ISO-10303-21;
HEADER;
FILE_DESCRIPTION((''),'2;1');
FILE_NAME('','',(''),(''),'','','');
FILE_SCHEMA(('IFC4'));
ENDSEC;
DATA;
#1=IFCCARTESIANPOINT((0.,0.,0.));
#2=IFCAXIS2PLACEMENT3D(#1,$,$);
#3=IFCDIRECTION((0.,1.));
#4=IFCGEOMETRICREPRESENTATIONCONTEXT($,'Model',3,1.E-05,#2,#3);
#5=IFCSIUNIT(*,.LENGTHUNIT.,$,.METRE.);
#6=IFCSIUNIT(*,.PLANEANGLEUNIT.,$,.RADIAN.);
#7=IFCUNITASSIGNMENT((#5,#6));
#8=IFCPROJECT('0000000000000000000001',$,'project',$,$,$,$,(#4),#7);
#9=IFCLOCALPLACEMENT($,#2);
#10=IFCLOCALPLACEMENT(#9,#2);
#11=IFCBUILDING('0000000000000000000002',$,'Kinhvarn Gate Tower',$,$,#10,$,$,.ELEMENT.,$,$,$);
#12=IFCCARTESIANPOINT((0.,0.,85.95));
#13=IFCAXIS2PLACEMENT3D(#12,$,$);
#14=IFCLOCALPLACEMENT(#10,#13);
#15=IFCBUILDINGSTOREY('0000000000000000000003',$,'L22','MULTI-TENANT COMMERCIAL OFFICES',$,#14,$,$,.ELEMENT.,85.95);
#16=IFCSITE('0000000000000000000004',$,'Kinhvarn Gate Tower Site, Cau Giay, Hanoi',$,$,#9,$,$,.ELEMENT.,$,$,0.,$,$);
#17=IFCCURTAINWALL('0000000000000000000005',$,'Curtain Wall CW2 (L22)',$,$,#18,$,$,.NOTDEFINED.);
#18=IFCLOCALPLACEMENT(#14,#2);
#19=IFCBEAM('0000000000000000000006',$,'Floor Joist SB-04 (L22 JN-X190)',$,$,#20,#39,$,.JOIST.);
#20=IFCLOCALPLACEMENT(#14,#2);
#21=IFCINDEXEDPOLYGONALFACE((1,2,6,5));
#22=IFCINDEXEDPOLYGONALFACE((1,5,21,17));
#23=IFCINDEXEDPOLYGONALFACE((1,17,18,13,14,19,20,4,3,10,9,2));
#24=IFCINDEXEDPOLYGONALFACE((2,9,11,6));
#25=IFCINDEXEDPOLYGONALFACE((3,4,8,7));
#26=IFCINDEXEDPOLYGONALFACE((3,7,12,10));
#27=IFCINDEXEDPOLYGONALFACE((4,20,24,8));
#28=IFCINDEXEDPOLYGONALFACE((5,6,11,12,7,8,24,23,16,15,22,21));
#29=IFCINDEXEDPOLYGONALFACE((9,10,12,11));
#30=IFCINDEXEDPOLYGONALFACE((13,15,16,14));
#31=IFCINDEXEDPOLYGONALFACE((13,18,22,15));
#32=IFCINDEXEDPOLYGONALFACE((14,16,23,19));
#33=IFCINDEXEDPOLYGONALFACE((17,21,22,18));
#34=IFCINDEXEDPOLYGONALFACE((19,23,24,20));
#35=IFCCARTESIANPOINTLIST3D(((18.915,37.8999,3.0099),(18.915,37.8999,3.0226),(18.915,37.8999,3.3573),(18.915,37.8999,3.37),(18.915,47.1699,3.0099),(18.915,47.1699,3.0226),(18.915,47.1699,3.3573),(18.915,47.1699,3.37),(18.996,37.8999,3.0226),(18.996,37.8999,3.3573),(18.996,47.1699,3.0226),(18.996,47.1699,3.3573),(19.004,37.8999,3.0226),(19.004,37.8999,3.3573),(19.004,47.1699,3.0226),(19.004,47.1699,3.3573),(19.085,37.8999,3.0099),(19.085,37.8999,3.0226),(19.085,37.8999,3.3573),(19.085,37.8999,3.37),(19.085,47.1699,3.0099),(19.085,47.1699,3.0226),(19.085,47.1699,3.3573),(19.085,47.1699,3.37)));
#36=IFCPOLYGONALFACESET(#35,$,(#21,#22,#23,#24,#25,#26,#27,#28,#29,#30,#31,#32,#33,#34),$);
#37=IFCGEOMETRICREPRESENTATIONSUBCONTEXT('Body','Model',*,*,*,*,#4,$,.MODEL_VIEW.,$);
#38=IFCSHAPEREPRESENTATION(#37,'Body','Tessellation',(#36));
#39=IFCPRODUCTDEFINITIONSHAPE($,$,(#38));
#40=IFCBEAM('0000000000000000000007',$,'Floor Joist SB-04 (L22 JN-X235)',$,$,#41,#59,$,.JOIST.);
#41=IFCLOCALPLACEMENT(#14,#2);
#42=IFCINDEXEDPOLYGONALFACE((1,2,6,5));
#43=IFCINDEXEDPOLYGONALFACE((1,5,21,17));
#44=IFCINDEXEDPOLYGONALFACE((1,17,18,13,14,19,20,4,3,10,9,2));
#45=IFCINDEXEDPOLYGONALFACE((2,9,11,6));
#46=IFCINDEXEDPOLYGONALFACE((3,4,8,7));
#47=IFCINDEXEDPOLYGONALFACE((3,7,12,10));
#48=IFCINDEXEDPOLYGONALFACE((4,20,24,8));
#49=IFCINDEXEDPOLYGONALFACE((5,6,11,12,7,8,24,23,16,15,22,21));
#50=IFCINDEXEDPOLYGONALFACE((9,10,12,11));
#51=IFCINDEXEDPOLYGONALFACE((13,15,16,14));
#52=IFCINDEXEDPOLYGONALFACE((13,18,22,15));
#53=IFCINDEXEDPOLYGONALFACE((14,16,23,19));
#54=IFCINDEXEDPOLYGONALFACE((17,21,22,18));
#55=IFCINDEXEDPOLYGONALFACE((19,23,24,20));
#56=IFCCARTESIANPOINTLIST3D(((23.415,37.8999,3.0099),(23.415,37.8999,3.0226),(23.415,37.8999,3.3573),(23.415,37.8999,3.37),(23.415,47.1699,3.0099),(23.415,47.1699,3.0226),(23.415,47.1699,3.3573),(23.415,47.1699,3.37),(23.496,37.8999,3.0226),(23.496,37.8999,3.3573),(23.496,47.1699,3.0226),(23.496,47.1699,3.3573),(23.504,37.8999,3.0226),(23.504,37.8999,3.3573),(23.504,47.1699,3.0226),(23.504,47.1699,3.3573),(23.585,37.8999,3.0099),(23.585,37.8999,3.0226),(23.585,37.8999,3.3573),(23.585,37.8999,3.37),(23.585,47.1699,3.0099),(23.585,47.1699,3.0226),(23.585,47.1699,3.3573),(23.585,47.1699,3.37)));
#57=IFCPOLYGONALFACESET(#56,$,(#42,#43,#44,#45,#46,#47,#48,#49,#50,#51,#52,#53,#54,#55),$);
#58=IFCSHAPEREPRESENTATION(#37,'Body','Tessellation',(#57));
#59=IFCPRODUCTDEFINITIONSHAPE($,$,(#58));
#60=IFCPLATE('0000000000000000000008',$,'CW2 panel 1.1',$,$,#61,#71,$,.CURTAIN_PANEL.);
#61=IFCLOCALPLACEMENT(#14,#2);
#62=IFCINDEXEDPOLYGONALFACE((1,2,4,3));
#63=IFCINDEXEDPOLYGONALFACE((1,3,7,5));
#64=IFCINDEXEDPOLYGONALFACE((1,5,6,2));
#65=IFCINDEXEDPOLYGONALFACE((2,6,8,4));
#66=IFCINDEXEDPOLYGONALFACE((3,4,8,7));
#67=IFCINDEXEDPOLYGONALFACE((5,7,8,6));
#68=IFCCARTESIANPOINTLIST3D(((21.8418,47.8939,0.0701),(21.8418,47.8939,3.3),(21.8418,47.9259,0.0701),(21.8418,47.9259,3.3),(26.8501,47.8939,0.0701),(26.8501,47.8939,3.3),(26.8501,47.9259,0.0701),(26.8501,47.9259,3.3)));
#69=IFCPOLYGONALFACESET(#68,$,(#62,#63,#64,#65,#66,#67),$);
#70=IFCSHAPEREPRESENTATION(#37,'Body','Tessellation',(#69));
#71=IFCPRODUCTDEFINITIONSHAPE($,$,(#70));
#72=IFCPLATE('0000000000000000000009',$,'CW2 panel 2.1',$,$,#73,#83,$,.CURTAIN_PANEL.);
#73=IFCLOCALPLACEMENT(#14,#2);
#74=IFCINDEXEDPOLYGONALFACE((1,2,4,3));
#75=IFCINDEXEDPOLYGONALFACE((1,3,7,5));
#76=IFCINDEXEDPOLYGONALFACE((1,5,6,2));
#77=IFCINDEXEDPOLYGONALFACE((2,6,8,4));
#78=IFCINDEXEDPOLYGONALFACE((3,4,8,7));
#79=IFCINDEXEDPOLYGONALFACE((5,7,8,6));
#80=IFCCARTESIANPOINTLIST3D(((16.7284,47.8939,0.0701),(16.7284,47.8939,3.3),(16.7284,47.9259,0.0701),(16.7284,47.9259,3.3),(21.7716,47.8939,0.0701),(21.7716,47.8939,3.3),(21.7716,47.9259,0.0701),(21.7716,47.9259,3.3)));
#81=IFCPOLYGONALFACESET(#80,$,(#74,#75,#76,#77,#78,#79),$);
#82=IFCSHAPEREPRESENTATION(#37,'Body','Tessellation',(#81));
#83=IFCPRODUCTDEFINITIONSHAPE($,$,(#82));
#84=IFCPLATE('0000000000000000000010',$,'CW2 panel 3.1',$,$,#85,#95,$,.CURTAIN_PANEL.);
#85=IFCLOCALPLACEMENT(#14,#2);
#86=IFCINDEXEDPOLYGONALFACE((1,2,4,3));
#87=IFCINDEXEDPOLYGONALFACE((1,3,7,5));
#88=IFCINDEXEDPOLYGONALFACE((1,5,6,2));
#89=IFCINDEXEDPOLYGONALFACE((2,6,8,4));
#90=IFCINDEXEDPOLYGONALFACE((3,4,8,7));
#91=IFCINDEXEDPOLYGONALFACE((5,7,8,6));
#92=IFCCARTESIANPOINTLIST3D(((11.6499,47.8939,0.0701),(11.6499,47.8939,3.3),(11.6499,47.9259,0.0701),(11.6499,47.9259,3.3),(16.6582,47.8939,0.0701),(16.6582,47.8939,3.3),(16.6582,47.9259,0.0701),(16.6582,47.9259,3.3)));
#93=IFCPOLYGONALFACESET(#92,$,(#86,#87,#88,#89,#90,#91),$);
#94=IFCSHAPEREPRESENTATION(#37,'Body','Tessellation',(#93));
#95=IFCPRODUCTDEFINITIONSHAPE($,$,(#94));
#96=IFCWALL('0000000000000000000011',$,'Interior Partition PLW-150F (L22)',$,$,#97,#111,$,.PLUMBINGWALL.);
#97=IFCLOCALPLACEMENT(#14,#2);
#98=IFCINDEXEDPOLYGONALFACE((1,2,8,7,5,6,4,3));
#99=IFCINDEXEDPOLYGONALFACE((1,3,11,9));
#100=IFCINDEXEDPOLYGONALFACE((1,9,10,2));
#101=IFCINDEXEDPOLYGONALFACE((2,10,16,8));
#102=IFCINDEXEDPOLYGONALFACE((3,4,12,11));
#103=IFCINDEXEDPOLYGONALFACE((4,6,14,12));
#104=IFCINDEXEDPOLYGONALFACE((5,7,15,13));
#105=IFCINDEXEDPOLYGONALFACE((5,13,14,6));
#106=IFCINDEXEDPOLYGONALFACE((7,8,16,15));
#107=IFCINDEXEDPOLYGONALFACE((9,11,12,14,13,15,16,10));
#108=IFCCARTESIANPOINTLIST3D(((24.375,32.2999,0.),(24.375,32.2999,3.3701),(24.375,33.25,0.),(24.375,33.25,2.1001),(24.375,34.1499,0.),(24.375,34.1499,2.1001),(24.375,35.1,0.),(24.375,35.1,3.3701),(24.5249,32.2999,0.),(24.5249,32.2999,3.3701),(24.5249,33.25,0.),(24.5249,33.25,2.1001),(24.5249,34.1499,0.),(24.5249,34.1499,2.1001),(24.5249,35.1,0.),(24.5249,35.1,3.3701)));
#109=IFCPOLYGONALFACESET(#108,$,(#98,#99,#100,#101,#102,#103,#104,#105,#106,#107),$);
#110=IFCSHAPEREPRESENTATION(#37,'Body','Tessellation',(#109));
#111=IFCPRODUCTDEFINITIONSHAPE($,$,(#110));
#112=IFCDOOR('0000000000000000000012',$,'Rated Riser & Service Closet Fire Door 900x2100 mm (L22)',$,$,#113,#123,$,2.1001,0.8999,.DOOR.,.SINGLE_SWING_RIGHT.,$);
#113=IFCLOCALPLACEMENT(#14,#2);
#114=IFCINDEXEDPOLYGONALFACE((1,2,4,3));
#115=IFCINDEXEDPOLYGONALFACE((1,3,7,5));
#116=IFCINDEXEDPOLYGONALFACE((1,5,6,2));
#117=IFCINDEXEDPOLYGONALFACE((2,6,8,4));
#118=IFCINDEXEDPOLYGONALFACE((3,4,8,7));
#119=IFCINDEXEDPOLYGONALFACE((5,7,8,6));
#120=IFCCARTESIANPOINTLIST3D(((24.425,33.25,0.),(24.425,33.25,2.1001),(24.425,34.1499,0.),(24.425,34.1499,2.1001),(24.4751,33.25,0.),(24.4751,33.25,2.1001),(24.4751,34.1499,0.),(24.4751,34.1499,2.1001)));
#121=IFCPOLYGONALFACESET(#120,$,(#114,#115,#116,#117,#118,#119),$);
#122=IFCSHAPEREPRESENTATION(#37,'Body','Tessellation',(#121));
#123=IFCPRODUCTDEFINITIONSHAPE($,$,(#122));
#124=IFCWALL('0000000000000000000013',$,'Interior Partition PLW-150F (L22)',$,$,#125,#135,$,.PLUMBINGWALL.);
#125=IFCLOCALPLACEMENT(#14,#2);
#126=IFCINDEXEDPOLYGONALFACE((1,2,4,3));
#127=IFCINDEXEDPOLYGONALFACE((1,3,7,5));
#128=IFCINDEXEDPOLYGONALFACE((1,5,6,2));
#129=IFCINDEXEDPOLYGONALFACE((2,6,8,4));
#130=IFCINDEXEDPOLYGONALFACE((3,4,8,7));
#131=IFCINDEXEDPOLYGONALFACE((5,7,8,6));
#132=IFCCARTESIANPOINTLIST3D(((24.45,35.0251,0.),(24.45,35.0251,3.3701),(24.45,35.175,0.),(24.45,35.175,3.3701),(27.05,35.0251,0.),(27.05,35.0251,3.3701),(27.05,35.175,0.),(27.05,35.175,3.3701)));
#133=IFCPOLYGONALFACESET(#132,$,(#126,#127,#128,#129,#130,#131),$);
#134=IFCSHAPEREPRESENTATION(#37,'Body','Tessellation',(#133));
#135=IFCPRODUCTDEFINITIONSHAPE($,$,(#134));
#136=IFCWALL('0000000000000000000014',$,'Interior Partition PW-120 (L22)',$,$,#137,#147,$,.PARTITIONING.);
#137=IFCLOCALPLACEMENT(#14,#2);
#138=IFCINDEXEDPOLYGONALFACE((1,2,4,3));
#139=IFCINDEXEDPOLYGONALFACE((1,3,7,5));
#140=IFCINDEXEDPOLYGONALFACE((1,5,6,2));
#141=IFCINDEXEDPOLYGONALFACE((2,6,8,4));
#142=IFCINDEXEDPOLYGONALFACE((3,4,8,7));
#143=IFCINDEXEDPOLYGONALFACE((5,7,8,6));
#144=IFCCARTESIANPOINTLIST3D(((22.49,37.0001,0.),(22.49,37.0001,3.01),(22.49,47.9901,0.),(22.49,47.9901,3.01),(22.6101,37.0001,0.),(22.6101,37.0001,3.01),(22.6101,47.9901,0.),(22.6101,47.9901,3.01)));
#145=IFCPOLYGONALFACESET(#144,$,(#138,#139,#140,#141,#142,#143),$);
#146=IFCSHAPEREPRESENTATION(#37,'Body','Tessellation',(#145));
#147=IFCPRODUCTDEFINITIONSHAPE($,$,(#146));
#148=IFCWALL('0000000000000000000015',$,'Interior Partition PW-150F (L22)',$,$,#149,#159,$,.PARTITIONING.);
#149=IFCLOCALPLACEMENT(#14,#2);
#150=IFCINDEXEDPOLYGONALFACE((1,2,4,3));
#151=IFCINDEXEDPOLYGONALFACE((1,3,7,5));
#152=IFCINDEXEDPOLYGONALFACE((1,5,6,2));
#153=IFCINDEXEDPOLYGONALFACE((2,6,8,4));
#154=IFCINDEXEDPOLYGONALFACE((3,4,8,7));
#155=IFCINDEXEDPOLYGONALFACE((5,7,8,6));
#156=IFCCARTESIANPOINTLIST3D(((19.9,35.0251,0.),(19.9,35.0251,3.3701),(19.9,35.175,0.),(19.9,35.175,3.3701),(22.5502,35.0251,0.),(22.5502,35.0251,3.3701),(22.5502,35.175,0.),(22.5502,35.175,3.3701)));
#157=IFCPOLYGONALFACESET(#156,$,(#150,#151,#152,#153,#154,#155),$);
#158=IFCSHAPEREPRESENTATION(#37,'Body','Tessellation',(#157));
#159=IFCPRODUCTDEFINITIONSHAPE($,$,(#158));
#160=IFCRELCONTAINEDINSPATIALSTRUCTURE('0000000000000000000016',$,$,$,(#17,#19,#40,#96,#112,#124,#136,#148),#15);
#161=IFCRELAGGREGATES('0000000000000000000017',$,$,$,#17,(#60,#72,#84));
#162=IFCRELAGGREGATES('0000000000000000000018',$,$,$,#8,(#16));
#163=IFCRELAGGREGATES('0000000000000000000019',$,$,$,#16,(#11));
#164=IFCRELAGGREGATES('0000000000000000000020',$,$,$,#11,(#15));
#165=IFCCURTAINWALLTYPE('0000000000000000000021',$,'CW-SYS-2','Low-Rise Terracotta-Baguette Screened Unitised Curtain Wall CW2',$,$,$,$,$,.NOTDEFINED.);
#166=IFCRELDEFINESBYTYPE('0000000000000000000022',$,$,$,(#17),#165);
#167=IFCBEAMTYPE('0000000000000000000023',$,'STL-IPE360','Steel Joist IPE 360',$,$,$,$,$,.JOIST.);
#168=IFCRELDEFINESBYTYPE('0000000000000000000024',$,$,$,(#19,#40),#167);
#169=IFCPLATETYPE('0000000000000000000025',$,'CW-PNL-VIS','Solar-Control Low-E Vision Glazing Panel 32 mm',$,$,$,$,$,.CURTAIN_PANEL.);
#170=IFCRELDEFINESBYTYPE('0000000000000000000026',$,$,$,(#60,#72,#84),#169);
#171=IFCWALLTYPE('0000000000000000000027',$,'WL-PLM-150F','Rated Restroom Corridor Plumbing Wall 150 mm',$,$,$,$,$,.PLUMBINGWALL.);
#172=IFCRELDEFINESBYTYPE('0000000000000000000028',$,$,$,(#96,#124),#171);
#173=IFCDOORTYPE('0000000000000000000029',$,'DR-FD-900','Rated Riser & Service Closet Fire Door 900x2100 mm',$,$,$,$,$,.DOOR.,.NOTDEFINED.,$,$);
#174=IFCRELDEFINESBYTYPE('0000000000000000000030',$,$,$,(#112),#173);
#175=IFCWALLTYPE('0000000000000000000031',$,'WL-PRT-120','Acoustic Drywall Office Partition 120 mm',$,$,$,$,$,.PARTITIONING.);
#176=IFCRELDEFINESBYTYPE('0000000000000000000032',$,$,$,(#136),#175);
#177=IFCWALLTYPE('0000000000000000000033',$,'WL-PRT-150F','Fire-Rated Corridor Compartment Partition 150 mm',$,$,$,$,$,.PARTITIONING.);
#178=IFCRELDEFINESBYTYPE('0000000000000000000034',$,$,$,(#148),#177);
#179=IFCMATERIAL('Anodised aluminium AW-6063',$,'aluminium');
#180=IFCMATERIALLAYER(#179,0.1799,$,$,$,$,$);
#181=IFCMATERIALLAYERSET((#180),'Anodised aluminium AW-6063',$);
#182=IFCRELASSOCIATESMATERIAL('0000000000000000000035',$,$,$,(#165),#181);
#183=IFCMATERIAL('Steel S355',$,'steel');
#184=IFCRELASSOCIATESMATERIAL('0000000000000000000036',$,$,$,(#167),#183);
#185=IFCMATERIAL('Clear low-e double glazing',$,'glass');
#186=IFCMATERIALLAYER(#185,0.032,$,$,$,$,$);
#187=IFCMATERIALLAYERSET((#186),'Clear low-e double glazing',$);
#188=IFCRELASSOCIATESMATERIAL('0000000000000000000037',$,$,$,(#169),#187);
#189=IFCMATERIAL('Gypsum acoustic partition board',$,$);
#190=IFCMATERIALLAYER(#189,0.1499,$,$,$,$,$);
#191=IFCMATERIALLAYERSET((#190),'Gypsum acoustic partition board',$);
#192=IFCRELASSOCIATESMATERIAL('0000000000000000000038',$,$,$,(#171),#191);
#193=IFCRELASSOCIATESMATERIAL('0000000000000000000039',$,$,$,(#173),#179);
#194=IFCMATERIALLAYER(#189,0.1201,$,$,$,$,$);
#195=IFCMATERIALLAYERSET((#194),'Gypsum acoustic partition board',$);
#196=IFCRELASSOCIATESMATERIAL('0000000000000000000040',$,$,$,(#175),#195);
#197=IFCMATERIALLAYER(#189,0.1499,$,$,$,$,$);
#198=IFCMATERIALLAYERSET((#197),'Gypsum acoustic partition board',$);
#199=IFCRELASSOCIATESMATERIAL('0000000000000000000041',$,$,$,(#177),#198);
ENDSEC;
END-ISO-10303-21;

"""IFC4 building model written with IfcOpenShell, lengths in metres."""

from ifc_helpers import new_model, si_unit, direction, frame, frame_2d, origin, origin_2d, place, context, subcontext, project, spatial, rectangle, i_section, extrude, material, layer, layer_set, material_profile, profile_set, type_object, element, fill, aggregate, save


model = new_model("IFC4")

# Units and contexts
model_context = context("Model", 3, precision=1e-05, world=origin(), true_north=direction((0.0, 1.0)))
body_context = subcontext(model_context, "Body", "Model", "MODEL_VIEW")
ifc_project = project(units=[si_unit("LENGTHUNIT", "METRE"), si_unit("PLANEANGLEUNIT", "RADIAN")], contexts=[model_context])

# Site, building, storey
site_placement = place(None, origin())
site = spatial("IfcSite", under=ifc_project, at=site_placement, Name="Kinhvarn Gate Tower Site, Cau Giay, Hanoi", CompositionType="ELEMENT", RefElevation=0.0)
building_placement = place(site_placement, origin())
building = spatial("IfcBuilding", under=site, at=building_placement, Name="Kinhvarn Gate Tower", CompositionType="ELEMENT")
storey_placement = place(building_placement, frame((0.0, 0.0, 85.95)))
storey = spatial("IfcBuildingStorey", under=building, at=storey_placement, Name="L22", Description="MULTI-TENANT COMMERCIAL OFFICES", CompositionType="ELEMENT", Elevation=85.95)

# Curtain wall
ifc_material_1 = material(Name="Anodised aluminium AW-6063", Category="aluminium")
ifc_layer_1 = layer(ifc_material_1, 0.1799)
ifc_layer_set_1 = layer_set([ifc_layer_1], Name="Anodised aluminium AW-6063")
curtain_wall_type = type_object("IfcCurtainWallType", Name="CW-SYS-2", Description="Low-Rise Terracotta-Baguette Screened Unitised Curtain Wall CW2", PredefinedType="NOTDEFINED", material=ifc_layer_set_1)
curtain_wall_placement = place(storey_placement, origin())
curtain_wall = element("IfcCurtainWall", 1, at=curtain_wall_placement, inside=storey, type_object=curtain_wall_type, Name="Curtain Wall CW2 (L22)", PredefinedType="NOTDEFINED")

# Beams
ifc_material_2 = material(Name="Steel S355", Category="steel")
ifc_material_profile_1 = material_profile(ifc_material_2, i_section(OverallWidth=0.1699, OverallDepth=0.3601, WebThickness=0.0081, FlangeThickness=0.0127, at=origin_2d()), Name="IPE 360")
ifc_profile_set_1 = profile_set([ifc_material_profile_1], Name="Steel S355")
beam_type_1 = type_object("IfcBeamType", Name="STL-IPE360", Description="Steel Joist IPE 360", PredefinedType="JOIST", material=ifc_profile_set_1)
for number, where, z_axis, x_axis, name in (
    (2, (19.0, 37.8999, 3.1899), (0.0, 1.0, 0.0), (-1.0, 0.0, 0.0), "Floor Joist SB-04 (L22 JN-X190)"),
    (3, (23.5, 37.8999, 3.1899), (0.0, 1.0, 0.0), (-1.0, 0.0, 0.0), "Floor Joist SB-04 (L22 JN-X235)"),
):
    element("IfcBeam", number, at=place(storey_placement, frame(where, z_axis=z_axis, x_axis=x_axis)), inside=storey, type_object=beam_type_1, Name=name, PredefinedType="JOIST", context=body_context, shape_type="SweptSolid", body=[
        extrude(i_section(OverallWidth=0.1699, OverallDepth=0.3601, WebThickness=0.0081, FlangeThickness=0.0127, at=origin_2d()), origin(), (0.0, 0.0, 1.0), 9.27),
    ])

# Plates
ifc_material_3 = material(Name="Clear low-e double glazing", Category="glass")
ifc_layer_2 = layer(ifc_material_3, 0.032)
ifc_layer_set_2 = layer_set([ifc_layer_2], Name="Clear low-e double glazing")
plate_type = type_object("IfcPlateType", Name="CW-PNL-VIS", Description="Solar-Control Low-E Vision Glazing Panel 32 mm", PredefinedType="CURTAIN_PANEL", material=ifc_layer_set_2)
plate_1_placement = place(storey_placement, frame((24.3459, 47.9099, 0.0701), z_axis=(0.0, 0.0, 1.0), x_axis=(-1.0, 0.0, 0.0)))
plate_1 = element("IfcPlate", 4, at=plate_1_placement, type_object=plate_type, Name="CW2 panel 1.1", PredefinedType="CURTAIN_PANEL", context=body_context, shape_type="SweptSolid", body=[
    extrude(rectangle(XDim=5.0083, YDim=0.032, at=origin_2d()), origin(), (0.0, 0.0, 1.0), 3.23),
])
plate_2_placement = place(storey_placement, frame((19.25, 47.9099, 0.0701), z_axis=(0.0, 0.0, 1.0), x_axis=(-1.0, 0.0, 0.0)))
plate_2 = element("IfcPlate", 5, at=plate_2_placement, type_object=plate_type, Name="CW2 panel 2.1", PredefinedType="CURTAIN_PANEL", context=body_context, shape_type="SweptSolid", body=[
    extrude(rectangle(XDim=5.0432, YDim=0.032, at=origin_2d()), origin(), (0.0, 0.0, 1.0), 3.23),
])
plate_3_placement = place(storey_placement, frame((14.1541, 47.9099, 0.0701), z_axis=(0.0, 0.0, 1.0), x_axis=(-1.0, 0.0, 0.0)))
plate_3 = element("IfcPlate", 6, at=plate_3_placement, type_object=plate_type, Name="CW2 panel 3.1", PredefinedType="CURTAIN_PANEL", context=body_context, shape_type="SweptSolid", body=[
    extrude(rectangle(XDim=5.0083, YDim=0.032, at=origin_2d()), origin(), (0.0, 0.0, 1.0), 3.23),
])
aggregate(curtain_wall, [plate_1, plate_2, plate_3])

# Wall, opening, door
ifc_material_4 = material(Name="Gypsum acoustic partition board")
ifc_layer_3 = layer(ifc_material_4, 0.1499)
ifc_layer_set_3 = layer_set([ifc_layer_3], Name="Gypsum acoustic partition board")
wall_type_1 = type_object("IfcWallType", Name="WL-PLM-150F", Description="Rated Restroom Corridor Plumbing Wall 150 mm", PredefinedType="PLUMBINGWALL", material=ifc_layer_set_3)
wall_1_placement = place(storey_placement, frame((24.45, 32.3, 0.0), z_axis=(0.0, 0.0, 1.0), x_axis=(0.0, 1.0, 0.0)))
wall_1 = element("IfcWall", 7, at=wall_1_placement, inside=storey, type_object=wall_type_1, Name="Interior Partition PLW-150F (L22)", PredefinedType="PLUMBINGWALL", context=body_context, shape_type="SweptSolid", body=[
    extrude(rectangle(XDim=2.8, YDim=0.1499, at=frame_2d((1.3999, 0.0))), origin(), (0.0, 0.0, 1.0), 3.3701),
])
opening_1_placement = place(wall_1_placement, frame((0.95, 0.0, 0.0)))
opening_1 = element("IfcOpeningElement", 8, at=opening_1_placement, cuts=wall_1, PredefinedType="OPENING", context=body_context, shape_type="SweptSolid", body=[
    extrude(rectangle(XDim=0.8999, YDim=2.1001, at=frame_2d((0.45, 1.05))), frame((0.0, 0.085, 0.0), z_axis=(0.0, -1.0, 0.0), x_axis=(1.0, 0.0, 0.0)), (0.0, 0.0, 1.0), 0.1699),
])
door_type_1 = type_object("IfcDoorType", Name="DR-FD-900", Description="Rated Riser & Service Closet Fire Door 900x2100 mm", OperationType="NOTDEFINED", PredefinedType="DOOR", material=ifc_material_1)
door_1_placement = place(opening_1_placement, origin())
door_1 = element("IfcDoor", 9, at=door_1_placement, inside=storey, type_object=door_type_1, Name="Rated Riser & Service Closet Fire Door 900x2100 mm (L22)", OperationType="SINGLE_SWING_RIGHT", OverallHeight=2.1001, OverallWidth=0.8999, PredefinedType="DOOR", context=body_context, shape_type="SweptSolid", body=[
    extrude(rectangle(XDim=0.8999, YDim=2.1001, at=frame_2d((0.45, 1.05))), frame((0.0, 0.0249, 0.0), z_axis=(0.0, -1.0, 0.0), x_axis=(1.0, 0.0, 0.0)), (0.0, 0.0, 1.0), 0.05),
])
fill(opening_1, door_1)

# Walls
wall_2_placement = place(storey_placement, frame((24.45, 35.1001, 0.0), z_axis=(0.0, 0.0, 1.0), x_axis=(1.0, 0.0, 0.0)))
element("IfcWall", 10, at=wall_2_placement, inside=storey, type_object=wall_type_1, Name="Interior Partition PLW-150F (L22)", PredefinedType="PLUMBINGWALL", context=body_context, shape_type="SweptSolid", body=[
    extrude(rectangle(XDim=2.6001, YDim=0.1499, at=frame_2d((1.3, 0.0))), origin(), (0.0, 0.0, 1.0), 3.3701),
])
ifc_layer_4 = layer(ifc_material_4, 0.1201)
ifc_layer_set_4 = layer_set([ifc_layer_4], Name="Gypsum acoustic partition board")
wall_type_2 = type_object("IfcWallType", Name="WL-PRT-120", Description="Acoustic Drywall Office Partition 120 mm", PredefinedType="PARTITIONING", material=ifc_layer_set_4)
wall_3_placement = place(storey_placement, frame((22.55, 37.0, 0.0), z_axis=(0.0, 0.0, 1.0), x_axis=(0.0, 1.0, 0.0)))
element("IfcWall", 11, at=wall_3_placement, inside=storey, type_object=wall_type_2, Name="Interior Partition PW-120 (L22)", PredefinedType="PARTITIONING", context=body_context, shape_type="SweptSolid", body=[
    extrude(rectangle(XDim=10.99, YDim=0.1201, at=frame_2d((5.4951, 0.0))), origin(), (0.0, 0.0, 1.0), 3.01),
])
ifc_layer_5 = layer(ifc_material_4, 0.1499)
ifc_layer_set_5 = layer_set([ifc_layer_5], Name="Gypsum acoustic partition board")
wall_type_3 = type_object("IfcWallType", Name="WL-PRT-150F", Description="Fire-Rated Corridor Compartment Partition 150 mm", PredefinedType="PARTITIONING", material=ifc_layer_set_5)
wall_4_placement = place(storey_placement, frame((19.8999, 35.1001, 0.0), z_axis=(0.0, 0.0, 1.0), x_axis=(1.0, 0.0, 0.0)))
element("IfcWall", 12, at=wall_4_placement, inside=storey, type_object=wall_type_3, Name="Interior Partition PW-150F (L22)", PredefinedType="PARTITIONING", context=body_context, shape_type="SweptSolid", body=[
    extrude(rectangle(XDim=2.6501, YDim=0.1499, at=frame_2d((1.3252, 0.0))), origin(), (0.0, 0.0, 1.0), 3.3701),
])

save(model, "model.ifc")
